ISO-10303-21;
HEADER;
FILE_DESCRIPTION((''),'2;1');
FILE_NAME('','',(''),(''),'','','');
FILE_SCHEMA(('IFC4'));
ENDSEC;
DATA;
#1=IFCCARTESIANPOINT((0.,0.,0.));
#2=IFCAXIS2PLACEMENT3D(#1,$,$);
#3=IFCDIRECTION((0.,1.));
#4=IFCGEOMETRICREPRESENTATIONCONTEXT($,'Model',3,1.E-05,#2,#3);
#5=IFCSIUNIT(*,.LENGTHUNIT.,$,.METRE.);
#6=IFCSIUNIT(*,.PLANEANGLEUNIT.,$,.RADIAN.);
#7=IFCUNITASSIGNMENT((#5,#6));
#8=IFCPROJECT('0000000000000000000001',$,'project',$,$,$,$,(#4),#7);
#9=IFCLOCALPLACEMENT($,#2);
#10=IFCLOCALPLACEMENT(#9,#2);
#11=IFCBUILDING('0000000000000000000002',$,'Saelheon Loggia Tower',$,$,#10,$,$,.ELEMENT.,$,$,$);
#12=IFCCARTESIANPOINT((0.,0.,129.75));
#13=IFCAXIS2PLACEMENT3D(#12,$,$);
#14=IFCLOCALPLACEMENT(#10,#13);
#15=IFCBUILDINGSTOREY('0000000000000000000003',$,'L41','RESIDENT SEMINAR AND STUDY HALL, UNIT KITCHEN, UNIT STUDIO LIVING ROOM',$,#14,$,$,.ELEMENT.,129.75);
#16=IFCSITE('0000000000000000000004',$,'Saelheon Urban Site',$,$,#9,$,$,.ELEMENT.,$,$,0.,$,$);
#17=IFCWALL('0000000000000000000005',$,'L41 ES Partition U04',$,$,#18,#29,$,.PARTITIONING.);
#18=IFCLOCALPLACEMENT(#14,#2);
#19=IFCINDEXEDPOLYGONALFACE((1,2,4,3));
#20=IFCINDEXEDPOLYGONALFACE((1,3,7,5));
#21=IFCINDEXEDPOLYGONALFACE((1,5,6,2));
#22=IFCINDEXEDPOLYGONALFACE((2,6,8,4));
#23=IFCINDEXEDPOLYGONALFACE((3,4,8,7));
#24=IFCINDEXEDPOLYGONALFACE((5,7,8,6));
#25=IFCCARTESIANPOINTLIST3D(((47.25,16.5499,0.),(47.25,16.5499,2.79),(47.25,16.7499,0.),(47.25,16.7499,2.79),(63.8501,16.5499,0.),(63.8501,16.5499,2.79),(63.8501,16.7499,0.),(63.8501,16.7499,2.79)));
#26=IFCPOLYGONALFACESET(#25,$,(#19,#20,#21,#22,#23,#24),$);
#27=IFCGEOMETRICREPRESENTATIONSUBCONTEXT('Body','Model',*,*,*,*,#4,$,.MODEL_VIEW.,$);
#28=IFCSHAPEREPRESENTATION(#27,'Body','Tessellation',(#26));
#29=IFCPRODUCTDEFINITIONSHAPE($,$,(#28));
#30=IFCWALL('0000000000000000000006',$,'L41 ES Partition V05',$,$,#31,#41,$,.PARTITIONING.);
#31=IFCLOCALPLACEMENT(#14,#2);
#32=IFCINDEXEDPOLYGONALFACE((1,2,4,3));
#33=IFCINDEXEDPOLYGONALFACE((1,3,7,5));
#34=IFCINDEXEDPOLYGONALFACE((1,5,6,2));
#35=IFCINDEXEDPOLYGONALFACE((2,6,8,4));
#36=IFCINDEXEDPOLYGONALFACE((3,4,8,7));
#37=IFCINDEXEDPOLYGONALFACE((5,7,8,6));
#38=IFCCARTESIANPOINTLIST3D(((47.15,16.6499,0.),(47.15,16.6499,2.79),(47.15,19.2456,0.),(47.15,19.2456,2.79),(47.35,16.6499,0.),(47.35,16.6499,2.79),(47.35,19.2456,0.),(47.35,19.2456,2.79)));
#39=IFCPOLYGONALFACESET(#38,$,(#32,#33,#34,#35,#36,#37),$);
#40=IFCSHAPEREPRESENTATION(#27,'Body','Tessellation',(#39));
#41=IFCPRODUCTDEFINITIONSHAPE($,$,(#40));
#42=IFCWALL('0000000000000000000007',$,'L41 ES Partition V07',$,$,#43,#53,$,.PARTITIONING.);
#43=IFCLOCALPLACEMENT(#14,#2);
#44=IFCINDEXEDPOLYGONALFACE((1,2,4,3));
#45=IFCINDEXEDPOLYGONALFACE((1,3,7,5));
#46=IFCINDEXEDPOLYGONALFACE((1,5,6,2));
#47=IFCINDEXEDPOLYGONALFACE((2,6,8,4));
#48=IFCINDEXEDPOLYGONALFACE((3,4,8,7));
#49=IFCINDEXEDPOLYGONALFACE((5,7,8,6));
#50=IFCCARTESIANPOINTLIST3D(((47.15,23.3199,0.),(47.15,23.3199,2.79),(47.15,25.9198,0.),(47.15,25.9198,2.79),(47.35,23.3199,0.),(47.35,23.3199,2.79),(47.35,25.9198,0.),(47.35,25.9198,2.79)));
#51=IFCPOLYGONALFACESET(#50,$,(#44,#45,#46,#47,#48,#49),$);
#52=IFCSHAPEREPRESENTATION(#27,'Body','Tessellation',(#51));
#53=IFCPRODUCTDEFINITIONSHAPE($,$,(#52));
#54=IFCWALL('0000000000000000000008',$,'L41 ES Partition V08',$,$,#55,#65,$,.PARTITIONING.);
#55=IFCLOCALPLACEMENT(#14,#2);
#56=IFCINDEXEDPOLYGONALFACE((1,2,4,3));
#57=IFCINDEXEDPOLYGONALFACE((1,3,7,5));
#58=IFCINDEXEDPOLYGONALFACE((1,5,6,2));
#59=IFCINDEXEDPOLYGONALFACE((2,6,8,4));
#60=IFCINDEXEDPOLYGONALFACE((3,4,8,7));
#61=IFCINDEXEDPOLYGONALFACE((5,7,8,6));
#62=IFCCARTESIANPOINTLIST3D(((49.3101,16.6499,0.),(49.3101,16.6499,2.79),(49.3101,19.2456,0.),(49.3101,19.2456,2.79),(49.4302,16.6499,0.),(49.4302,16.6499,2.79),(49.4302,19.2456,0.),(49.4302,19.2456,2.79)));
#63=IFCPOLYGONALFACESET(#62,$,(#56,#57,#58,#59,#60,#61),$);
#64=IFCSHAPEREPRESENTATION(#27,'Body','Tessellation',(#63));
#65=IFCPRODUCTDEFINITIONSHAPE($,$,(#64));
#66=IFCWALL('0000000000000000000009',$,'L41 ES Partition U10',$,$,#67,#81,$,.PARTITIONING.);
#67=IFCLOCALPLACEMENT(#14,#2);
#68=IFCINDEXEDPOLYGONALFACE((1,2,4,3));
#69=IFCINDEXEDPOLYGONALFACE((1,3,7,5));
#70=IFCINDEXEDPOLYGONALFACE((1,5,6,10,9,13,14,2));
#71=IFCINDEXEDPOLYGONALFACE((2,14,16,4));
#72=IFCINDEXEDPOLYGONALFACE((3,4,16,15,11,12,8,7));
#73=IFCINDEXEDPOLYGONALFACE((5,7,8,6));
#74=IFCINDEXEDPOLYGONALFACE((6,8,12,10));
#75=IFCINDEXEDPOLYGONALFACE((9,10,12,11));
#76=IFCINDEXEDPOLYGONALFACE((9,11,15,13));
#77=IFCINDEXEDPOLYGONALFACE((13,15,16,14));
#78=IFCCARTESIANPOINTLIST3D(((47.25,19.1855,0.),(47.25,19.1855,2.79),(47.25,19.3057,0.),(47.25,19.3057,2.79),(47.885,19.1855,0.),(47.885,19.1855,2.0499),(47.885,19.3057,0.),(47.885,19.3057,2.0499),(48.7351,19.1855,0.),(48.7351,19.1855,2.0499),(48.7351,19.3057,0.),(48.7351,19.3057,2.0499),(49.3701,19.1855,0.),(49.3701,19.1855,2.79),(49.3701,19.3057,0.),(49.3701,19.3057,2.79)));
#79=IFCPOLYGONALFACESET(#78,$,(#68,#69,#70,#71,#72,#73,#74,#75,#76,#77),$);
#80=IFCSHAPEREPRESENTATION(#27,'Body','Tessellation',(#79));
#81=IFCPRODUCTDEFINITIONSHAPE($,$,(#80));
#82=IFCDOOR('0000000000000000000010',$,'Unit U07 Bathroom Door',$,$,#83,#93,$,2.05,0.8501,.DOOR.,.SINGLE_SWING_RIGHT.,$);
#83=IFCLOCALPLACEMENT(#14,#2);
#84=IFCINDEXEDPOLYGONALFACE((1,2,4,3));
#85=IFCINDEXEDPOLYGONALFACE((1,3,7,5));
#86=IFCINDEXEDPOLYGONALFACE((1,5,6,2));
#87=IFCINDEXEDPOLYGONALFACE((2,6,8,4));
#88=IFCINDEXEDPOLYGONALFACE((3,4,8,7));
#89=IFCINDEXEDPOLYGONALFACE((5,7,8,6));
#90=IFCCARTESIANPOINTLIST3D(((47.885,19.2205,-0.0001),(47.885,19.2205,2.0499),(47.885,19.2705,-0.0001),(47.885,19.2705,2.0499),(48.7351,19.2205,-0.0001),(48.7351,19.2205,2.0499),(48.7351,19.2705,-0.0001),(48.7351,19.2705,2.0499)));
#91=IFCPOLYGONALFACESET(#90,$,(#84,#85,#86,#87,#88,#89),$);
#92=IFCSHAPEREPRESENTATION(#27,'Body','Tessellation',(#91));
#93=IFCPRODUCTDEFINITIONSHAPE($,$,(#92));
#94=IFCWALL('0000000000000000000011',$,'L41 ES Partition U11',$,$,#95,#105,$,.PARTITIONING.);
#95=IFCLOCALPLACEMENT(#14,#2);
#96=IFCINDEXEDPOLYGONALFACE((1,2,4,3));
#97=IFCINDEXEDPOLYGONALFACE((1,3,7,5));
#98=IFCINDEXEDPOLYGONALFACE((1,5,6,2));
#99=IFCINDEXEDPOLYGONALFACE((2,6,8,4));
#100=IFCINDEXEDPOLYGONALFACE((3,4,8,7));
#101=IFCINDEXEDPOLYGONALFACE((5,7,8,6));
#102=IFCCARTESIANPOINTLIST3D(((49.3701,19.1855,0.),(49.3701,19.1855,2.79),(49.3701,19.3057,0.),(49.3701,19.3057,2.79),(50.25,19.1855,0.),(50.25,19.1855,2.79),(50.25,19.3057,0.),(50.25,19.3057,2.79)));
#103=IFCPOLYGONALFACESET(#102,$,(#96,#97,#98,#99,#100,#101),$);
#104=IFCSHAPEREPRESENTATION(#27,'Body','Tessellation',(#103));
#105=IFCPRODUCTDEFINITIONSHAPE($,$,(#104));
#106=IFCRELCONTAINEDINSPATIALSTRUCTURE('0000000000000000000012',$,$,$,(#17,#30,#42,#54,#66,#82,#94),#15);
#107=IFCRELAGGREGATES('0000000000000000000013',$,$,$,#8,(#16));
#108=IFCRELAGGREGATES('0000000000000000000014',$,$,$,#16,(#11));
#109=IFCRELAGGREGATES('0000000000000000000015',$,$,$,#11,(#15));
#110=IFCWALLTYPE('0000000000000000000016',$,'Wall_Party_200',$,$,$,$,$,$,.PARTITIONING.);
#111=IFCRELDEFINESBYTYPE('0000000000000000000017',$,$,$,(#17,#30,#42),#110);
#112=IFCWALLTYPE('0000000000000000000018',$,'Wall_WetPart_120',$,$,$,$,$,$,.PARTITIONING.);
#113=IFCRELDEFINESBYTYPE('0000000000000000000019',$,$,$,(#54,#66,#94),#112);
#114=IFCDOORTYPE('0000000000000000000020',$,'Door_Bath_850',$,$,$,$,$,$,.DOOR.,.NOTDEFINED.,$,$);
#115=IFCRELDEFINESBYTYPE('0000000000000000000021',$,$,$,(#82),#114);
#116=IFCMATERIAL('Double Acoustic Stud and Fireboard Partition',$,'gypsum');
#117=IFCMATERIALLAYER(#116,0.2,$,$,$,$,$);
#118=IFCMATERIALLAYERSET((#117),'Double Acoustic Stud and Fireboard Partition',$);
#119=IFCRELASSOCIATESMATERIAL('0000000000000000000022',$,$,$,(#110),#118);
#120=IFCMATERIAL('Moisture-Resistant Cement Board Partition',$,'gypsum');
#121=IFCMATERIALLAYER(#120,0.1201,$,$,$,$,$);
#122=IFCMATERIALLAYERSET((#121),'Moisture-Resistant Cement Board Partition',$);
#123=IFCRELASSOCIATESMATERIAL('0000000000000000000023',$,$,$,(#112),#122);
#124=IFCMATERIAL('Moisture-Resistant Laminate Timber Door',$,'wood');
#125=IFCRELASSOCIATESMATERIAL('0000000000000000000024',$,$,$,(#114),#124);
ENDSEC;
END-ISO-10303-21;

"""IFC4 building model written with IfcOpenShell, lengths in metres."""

from ifc_helpers import new_model, si_unit, direction, frame, frame_2d, origin, place, context, subcontext, project, spatial, rectangle, extrude, source, transform, mapped, material, layer, layer_set, type_object, element, fill, save


model = new_model("IFC4")

# Units and contexts
model_context = context("Model", 3, precision=1e-05, world=origin(), true_north=direction((0.0, 1.0)))
body_context = subcontext(model_context, "Body", "Model", "MODEL_VIEW")
ifc_project = project(units=[si_unit("LENGTHUNIT", "METRE"), si_unit("PLANEANGLEUNIT", "RADIAN")], contexts=[model_context])

# Site, building, storey
site_placement = place(None, origin())
site = spatial("IfcSite", under=ifc_project, at=site_placement, Name="Saelheon Urban Site", CompositionType="ELEMENT", RefElevation=0.0)
building_placement = place(site_placement, origin())
building = spatial("IfcBuilding", under=site, at=building_placement, Name="Saelheon Loggia Tower", CompositionType="ELEMENT")
storey_placement = place(building_placement, frame((0.0, 0.0, 129.75)))
storey = spatial("IfcBuildingStorey", under=building, at=storey_placement, Name="L41", Description="RESIDENT SEMINAR AND STUDY HALL, UNIT KITCHEN, UNIT STUDIO LIVING ROOM", CompositionType="ELEMENT", Elevation=129.75)

# Walls
ifc_material_1 = material(Name="Double Acoustic Stud and Fireboard Partition", Category="gypsum")
ifc_layer_1 = layer(ifc_material_1, 0.2)
ifc_layer_set_1 = layer_set([ifc_layer_1], Name="Double Acoustic Stud and Fireboard Partition")
wall_type_1 = type_object("IfcWallType", Name="Wall_Party_200", PredefinedType="PARTITIONING", material=ifc_layer_set_1)
for number, where, z_axis, x_axis, name in (
    (1, (47.25, 16.6499, 0.0), (0.0, 0.0, 1.0), (1.0, 0.0, 0.0), "L41 ES Partition U04"),
):
    element("IfcWall", number, at=place(storey_placement, frame(where, z_axis=z_axis, x_axis=x_axis)), inside=storey, type_object=wall_type_1, Name=name, PredefinedType="PARTITIONING", context=body_context, shape_type="SweptSolid", body=[
        extrude(rectangle(XDim=16.6001, YDim=0.2, at=frame_2d((8.3, 0.0))), origin(), (0.0, 0.0, 1.0), 2.79),
    ])
wall_1_placement = place(storey_placement, frame((47.25, 16.6499, 0.0), z_axis=(0.0, 0.0, 1.0), x_axis=(0.0, 1.0, 0.0)))
element("IfcWall", 2, at=wall_1_placement, inside=storey, type_object=wall_type_1, Name="L41 ES Partition V05", PredefinedType="PARTITIONING", context=body_context, shape_type="SweptSolid", body=[
    extrude(rectangle(XDim=2.5957, YDim=0.2, at=frame_2d((1.2979, 0.0))), origin(), (0.0, 0.0, 1.0), 2.79),
])

# Walls
wall_2_placement = place(storey_placement, frame((47.25, 23.3201, 0.0), z_axis=(0.0, 0.0, 1.0), x_axis=(0.0, 1.0, 0.0)))
element("IfcWall", 3, at=wall_2_placement, inside=storey, type_object=wall_type_1, Name="L41 ES Partition V07", PredefinedType="PARTITIONING", context=body_context, shape_type="SweptSolid", body=[
    extrude(rectangle(XDim=2.5999, YDim=0.2, at=frame_2d((1.2998, 0.0))), origin(), (0.0, 0.0, 1.0), 2.79),
])
ifc_material_2 = material(Name="Moisture-Resistant Cement Board Partition", Category="gypsum")
ifc_layer_2 = layer(ifc_material_2, 0.1201)
ifc_layer_set_2 = layer_set([ifc_layer_2], Name="Moisture-Resistant Cement Board Partition")
wall_type_2 = type_object("IfcWallType", Name="Wall_WetPart_120", PredefinedType="PARTITIONING", material=ifc_layer_set_2)
wall_3_placement = place(storey_placement, frame((49.3701, 16.6499, 0.0), z_axis=(0.0, 0.0, 1.0), x_axis=(0.0, 1.0, 0.0)))
element("IfcWall", 4, at=wall_3_placement, inside=storey, type_object=wall_type_2, Name="L41 ES Partition V08", PredefinedType="PARTITIONING", context=body_context, shape_type="SweptSolid", body=[
    extrude(rectangle(XDim=2.5957, YDim=0.1201, at=frame_2d((1.2979, 0.0))), origin(), (0.0, 0.0, 1.0), 2.79),
])

# Wall, opening, door
wall_4_placement = place(storey_placement, frame((47.25, 19.2456, 0.0), z_axis=(0.0, 0.0, 1.0), x_axis=(1.0, 0.0, 0.0)))
wall_4 = element("IfcWall", 5, at=wall_4_placement, inside=storey, type_object=wall_type_2, Name="L41 ES Partition U10", PredefinedType="PARTITIONING", context=body_context, shape_type="SweptSolid", body=[
    extrude(rectangle(XDim=2.1201, YDim=0.1201, at=frame_2d((1.0601, 0.0))), origin(), (0.0, 0.0, 1.0), 2.79),
])
opening_1_placement = place(wall_4_placement, frame((0.635, 0.0, 0.0)))
opening_1 = element("IfcOpeningElement", 6, at=opening_1_placement, cuts=wall_4, PredefinedType="OPENING", context=body_context, shape_type="SweptSolid", body=[
    extrude(rectangle(XDim=0.8501, YDim=2.05, at=frame_2d((0.425, 1.0249))), frame((0.0, 0.072, 0.0), z_axis=(0.0, -1.0, 0.0), x_axis=(1.0, 0.0, 0.0)), (0.0, 0.0, 1.0), 0.144),
])
ifc_material_3 = material(Name="Moisture-Resistant Laminate Timber Door", Category="wood")
door_type_1 = type_object("IfcDoorType", Name="Door_Bath_850", OperationType="NOTDEFINED", PredefinedType="DOOR", material=ifc_material_3)
shared_shape_1 = source(origin(), body_context, "Body", "SweptSolid", [
    extrude(rectangle(XDim=0.8501, YDim=2.05, at=frame_2d((0.425, 1.0249))), frame((0.0, 0.0249, 0.0), z_axis=(0.0, -1.0, 0.0), x_axis=(1.0, 0.0, 0.0)), (0.0, 0.0, 1.0), 0.05),
])
door_1_placement = place(opening_1_placement, origin())
door_1 = element("IfcDoor", 7, at=door_1_placement, inside=storey, type_object=door_type_1, Name="Unit U07 Bathroom Door", OperationType="SINGLE_SWING_RIGHT", OverallHeight=2.05, OverallWidth=0.8501, PredefinedType="DOOR", context=body_context, shape_type="MappedRepresentation", body=[
    mapped(shared_shape_1, transform((0.0, 0.0, 0.0), scale=1.0)),
])
fill(opening_1, door_1)

# Wall
wall_5_placement = place(storey_placement, frame((49.3701, 19.2456, 0.0), z_axis=(0.0, 0.0, 1.0), x_axis=(1.0, 0.0, 0.0)))
element("IfcWall", 8, at=wall_5_placement, inside=storey, type_object=wall_type_2, Name="L41 ES Partition U11", PredefinedType="PARTITIONING", context=body_context, shape_type="SweptSolid", body=[
    extrude(rectangle(XDim=0.8799, YDim=0.1201, at=frame_2d((0.4399, 0.0))), origin(), (0.0, 0.0, 1.0), 2.79),
])

save(model, "model.ifc")
